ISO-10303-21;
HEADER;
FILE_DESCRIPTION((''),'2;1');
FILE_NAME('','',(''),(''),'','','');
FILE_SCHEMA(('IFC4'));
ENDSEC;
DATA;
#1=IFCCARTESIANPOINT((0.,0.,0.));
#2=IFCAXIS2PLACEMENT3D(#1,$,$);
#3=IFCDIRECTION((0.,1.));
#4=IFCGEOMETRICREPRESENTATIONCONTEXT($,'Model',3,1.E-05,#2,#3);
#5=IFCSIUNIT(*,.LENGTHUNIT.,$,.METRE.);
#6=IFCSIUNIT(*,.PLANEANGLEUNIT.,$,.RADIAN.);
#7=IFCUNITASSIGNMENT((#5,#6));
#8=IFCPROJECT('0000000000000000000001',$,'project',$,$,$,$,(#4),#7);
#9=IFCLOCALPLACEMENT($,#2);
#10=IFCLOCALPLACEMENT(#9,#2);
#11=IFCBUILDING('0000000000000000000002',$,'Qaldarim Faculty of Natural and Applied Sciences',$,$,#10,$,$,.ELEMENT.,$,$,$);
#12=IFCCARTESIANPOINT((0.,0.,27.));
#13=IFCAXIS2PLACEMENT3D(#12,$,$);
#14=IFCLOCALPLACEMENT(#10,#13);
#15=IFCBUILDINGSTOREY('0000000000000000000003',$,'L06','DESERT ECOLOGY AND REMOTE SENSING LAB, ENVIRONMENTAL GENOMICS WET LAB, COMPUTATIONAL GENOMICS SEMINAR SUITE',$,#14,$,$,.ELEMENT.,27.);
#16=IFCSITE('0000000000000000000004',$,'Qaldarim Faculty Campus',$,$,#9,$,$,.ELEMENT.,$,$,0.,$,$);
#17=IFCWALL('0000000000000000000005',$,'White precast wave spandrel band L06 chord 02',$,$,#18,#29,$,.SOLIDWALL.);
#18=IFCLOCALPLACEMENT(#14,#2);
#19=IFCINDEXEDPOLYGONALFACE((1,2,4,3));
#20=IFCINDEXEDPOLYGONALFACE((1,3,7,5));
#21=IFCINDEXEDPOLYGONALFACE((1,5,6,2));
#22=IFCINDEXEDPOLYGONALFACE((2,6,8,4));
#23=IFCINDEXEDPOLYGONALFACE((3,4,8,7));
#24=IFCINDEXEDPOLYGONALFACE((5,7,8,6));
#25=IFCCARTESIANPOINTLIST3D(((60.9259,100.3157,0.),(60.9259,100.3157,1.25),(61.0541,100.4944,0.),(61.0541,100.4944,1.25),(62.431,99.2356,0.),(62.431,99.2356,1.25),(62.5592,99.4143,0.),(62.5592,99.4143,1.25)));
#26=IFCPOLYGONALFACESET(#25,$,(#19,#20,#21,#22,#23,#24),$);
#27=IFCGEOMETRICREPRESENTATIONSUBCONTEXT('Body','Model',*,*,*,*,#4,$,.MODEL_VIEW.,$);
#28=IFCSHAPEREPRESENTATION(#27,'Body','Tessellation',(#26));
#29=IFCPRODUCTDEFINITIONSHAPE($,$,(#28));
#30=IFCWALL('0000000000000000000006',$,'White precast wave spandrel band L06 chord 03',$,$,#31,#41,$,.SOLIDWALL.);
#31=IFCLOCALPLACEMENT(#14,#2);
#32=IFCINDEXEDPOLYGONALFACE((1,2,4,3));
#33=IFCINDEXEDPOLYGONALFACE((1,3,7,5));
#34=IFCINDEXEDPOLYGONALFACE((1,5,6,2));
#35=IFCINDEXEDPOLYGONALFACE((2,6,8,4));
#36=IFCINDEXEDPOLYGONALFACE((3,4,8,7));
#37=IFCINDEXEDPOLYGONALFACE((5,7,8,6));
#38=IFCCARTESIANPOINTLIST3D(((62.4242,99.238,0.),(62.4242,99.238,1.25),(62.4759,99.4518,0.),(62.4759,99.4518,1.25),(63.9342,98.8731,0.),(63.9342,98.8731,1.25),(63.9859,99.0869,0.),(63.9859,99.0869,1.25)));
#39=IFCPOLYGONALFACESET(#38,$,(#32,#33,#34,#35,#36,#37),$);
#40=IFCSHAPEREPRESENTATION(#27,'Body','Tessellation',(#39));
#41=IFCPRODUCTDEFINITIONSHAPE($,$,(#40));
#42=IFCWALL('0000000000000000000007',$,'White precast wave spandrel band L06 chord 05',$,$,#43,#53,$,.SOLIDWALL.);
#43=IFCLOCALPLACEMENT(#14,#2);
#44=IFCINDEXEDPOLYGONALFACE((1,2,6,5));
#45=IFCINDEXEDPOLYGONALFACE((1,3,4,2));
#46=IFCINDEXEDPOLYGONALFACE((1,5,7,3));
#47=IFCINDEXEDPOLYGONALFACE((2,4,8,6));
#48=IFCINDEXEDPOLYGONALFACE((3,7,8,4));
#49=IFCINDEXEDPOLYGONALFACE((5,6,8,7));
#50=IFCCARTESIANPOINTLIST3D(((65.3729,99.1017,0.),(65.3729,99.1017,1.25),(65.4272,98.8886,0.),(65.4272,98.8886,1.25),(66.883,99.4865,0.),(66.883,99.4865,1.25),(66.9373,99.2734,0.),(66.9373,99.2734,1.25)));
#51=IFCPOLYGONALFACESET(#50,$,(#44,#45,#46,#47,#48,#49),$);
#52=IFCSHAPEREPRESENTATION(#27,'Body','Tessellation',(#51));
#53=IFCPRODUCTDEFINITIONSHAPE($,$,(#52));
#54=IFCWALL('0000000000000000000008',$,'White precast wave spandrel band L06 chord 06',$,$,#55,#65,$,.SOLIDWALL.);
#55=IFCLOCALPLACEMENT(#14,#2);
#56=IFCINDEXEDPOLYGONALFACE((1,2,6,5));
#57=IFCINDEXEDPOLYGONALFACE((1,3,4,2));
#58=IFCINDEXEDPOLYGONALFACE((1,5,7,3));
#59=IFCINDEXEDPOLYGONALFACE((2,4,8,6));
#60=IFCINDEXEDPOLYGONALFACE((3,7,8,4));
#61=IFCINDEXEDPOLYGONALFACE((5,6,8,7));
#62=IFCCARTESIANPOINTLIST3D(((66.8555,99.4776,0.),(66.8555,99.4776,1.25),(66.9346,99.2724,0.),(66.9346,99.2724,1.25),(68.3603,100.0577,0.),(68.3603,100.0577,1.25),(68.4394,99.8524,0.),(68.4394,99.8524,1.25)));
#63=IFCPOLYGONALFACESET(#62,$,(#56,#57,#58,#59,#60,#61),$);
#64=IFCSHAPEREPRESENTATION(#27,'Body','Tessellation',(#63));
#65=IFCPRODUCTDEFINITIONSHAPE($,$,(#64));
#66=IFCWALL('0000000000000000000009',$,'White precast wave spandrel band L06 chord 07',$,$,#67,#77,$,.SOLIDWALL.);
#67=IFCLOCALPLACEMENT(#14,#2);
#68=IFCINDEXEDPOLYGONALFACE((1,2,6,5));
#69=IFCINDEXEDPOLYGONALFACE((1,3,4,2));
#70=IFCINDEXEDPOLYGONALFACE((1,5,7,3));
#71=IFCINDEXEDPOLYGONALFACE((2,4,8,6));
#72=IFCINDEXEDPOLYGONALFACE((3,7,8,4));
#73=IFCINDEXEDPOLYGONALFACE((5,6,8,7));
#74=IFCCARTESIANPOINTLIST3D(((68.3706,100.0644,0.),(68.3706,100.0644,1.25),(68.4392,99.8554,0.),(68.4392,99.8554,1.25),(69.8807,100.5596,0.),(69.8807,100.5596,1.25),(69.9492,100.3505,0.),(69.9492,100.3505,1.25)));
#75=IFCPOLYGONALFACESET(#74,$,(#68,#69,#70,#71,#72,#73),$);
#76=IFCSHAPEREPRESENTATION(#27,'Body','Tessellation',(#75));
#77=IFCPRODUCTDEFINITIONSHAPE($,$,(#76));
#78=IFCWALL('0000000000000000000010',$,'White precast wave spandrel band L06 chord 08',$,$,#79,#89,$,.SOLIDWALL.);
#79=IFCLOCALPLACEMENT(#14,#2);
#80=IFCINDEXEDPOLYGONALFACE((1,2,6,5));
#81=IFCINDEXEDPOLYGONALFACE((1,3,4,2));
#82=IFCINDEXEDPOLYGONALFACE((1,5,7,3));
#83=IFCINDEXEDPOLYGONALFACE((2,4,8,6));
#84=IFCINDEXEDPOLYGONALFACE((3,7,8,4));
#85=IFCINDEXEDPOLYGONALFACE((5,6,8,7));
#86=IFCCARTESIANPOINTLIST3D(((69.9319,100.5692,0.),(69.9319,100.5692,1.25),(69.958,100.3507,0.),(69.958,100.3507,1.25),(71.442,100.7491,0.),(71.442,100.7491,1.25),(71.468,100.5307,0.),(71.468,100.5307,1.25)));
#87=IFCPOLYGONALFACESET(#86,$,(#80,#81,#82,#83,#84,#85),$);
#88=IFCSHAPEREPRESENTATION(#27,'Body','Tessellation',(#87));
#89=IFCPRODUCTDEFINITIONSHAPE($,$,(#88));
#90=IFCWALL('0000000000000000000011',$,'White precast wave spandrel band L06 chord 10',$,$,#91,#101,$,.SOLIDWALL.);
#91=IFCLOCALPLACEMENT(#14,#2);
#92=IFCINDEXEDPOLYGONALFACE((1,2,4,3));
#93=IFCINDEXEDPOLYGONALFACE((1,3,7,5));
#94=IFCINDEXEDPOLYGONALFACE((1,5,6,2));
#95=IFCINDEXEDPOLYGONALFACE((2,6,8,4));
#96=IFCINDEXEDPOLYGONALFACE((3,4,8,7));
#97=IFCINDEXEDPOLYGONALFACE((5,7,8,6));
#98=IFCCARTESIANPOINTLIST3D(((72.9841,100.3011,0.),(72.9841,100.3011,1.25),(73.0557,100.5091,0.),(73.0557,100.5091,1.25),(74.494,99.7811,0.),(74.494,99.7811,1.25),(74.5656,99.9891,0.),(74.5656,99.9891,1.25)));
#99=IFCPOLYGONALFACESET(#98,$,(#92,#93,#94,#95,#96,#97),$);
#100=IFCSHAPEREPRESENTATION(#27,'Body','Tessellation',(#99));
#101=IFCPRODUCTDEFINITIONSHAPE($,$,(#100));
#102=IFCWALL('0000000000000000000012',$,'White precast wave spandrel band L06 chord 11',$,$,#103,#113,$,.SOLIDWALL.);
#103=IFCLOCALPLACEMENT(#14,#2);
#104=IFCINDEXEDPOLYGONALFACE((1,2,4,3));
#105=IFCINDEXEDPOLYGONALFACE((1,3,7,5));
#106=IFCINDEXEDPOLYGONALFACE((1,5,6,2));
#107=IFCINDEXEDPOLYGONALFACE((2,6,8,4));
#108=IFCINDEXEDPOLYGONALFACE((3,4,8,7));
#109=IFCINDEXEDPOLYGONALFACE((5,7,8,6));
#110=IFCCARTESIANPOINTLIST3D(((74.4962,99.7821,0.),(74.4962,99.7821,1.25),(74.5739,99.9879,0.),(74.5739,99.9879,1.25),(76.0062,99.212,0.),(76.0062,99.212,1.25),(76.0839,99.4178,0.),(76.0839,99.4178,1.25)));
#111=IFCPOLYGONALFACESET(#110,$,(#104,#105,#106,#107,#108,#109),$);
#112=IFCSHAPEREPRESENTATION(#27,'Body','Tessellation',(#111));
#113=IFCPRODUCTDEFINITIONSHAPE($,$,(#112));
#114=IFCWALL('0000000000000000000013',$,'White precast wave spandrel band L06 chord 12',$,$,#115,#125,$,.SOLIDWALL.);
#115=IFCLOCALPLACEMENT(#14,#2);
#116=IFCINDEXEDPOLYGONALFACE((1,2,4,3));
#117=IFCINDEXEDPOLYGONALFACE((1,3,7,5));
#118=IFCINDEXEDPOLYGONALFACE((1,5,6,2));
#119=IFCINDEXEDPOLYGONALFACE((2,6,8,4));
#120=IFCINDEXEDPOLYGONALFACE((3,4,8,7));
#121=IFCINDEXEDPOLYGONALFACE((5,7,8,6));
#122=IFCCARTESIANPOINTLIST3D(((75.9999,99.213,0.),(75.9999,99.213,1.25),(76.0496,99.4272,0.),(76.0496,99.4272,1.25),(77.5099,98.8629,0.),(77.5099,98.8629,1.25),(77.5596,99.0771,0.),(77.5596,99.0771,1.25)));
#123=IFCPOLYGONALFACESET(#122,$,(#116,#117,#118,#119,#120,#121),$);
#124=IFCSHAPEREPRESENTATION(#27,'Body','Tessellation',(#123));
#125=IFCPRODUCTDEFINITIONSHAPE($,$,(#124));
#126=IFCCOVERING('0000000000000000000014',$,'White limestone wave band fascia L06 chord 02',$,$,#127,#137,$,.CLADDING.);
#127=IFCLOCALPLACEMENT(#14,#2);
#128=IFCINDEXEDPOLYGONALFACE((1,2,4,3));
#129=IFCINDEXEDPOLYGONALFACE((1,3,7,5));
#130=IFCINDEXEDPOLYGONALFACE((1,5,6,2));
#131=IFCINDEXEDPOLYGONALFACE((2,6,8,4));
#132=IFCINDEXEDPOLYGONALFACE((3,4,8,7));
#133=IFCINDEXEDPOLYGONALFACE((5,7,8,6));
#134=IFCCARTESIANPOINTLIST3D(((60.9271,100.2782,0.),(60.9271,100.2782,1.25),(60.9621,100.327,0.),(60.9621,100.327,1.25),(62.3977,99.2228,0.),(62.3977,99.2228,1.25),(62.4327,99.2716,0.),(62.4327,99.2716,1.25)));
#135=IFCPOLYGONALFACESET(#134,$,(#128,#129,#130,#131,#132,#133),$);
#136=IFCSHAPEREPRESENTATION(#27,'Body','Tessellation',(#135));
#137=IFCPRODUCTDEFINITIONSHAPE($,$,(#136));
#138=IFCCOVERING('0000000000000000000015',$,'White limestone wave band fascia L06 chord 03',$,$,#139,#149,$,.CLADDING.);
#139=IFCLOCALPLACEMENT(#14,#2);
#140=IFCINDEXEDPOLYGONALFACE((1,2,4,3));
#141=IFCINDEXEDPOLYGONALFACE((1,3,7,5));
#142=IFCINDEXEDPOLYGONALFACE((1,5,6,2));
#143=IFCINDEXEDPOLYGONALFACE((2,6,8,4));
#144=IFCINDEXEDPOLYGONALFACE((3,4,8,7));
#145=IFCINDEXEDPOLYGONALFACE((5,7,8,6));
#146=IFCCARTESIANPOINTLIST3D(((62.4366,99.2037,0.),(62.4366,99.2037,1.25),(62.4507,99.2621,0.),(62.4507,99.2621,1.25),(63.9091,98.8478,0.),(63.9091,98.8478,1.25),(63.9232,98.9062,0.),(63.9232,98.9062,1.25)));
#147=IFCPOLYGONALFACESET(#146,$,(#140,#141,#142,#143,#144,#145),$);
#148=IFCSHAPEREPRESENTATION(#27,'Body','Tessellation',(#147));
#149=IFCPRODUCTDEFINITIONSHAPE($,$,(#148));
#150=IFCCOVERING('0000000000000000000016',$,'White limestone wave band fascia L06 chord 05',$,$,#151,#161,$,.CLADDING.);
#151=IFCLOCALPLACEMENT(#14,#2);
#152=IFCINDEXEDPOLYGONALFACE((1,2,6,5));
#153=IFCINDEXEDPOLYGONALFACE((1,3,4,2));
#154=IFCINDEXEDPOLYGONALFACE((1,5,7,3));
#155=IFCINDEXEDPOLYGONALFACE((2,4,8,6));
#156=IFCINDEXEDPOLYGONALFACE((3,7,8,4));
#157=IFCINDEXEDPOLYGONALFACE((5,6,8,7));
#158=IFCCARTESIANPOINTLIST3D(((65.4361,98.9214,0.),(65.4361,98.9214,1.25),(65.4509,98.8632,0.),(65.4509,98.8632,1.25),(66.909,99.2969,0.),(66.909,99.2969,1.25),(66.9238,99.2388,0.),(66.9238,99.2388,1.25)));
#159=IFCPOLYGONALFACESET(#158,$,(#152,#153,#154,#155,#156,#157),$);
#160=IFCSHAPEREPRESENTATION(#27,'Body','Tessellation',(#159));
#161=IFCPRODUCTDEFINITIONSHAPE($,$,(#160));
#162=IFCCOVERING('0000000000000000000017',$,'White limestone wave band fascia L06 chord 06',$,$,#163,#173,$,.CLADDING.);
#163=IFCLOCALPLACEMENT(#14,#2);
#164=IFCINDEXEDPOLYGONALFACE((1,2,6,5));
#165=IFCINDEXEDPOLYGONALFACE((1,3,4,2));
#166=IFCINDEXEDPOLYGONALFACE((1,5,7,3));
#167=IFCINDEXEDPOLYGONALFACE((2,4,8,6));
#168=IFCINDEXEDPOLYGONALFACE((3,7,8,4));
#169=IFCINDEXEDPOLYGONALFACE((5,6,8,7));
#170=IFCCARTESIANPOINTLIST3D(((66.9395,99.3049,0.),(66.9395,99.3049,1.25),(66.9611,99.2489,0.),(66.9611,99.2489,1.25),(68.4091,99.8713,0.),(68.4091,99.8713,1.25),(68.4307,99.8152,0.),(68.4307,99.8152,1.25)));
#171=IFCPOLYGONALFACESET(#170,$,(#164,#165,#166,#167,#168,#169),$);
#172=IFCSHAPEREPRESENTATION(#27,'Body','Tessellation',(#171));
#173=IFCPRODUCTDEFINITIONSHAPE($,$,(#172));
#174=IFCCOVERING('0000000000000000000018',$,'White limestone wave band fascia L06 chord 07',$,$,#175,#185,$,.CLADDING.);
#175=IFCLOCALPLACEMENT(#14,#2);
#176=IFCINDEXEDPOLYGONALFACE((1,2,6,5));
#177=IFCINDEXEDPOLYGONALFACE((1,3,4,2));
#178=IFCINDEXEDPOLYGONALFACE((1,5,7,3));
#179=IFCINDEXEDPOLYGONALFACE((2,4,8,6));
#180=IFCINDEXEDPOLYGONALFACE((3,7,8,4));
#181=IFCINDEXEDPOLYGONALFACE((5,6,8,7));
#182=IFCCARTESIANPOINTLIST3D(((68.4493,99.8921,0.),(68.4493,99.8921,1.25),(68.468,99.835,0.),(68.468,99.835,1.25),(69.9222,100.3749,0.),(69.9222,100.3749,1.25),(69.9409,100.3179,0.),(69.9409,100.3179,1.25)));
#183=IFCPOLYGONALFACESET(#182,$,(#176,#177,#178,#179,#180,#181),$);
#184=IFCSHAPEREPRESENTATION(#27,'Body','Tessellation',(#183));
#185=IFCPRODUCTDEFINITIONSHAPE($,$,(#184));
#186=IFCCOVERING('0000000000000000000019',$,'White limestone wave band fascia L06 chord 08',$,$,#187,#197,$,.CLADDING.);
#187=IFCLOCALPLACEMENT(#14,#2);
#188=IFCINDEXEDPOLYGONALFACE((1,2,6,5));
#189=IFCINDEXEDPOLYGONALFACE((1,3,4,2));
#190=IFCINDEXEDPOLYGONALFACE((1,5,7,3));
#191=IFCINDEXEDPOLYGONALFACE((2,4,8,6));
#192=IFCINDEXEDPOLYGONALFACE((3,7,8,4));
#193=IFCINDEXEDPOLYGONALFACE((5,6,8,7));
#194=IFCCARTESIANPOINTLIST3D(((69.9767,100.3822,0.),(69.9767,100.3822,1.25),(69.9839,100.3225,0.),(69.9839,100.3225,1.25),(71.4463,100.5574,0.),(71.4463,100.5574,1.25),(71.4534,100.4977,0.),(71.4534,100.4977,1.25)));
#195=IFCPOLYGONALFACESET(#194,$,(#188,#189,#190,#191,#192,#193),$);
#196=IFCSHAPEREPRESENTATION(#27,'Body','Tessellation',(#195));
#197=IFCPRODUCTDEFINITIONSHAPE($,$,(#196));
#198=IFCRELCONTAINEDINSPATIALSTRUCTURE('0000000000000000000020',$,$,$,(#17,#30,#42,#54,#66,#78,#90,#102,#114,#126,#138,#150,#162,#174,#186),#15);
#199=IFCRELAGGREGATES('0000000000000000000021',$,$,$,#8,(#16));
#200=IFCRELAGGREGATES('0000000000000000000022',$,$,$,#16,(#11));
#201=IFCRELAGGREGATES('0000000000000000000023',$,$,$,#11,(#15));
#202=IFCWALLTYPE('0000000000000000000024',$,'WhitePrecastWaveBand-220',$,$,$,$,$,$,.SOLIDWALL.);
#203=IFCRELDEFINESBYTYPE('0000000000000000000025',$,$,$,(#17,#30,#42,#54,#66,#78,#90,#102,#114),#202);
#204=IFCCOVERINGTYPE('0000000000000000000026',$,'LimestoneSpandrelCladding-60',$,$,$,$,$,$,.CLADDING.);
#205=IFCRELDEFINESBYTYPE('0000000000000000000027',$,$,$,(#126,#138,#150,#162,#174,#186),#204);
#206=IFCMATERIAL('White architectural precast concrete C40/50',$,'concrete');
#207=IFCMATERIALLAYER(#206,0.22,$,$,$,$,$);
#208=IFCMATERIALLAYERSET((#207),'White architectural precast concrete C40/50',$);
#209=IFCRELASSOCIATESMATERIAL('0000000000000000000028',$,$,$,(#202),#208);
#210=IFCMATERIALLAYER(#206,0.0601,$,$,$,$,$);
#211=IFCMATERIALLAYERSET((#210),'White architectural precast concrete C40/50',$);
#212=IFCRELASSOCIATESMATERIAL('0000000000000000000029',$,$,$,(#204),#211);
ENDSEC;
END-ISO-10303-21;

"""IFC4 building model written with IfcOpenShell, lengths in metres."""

from ifc_helpers import new_model, si_unit, direction, frame, frame_2d, origin, origin_2d, place, context, subcontext, project, spatial, rectangle, extrude, material, layer, layer_set, type_object, element, save


model = new_model("IFC4")

# Units and contexts
model_context = context("Model", 3, precision=1e-05, world=origin(), true_north=direction((0.0, 1.0)))
body_context = subcontext(model_context, "Body", "Model", "MODEL_VIEW")
ifc_project = project(units=[si_unit("LENGTHUNIT", "METRE"), si_unit("PLANEANGLEUNIT", "RADIAN")], contexts=[model_context])

# Site, building, storey
site_placement = place(None, origin())
site = spatial("IfcSite", under=ifc_project, at=site_placement, Name="Qaldarim Faculty Campus", CompositionType="ELEMENT", RefElevation=0.0)
building_placement = place(site_placement, origin())
building = spatial("IfcBuilding", under=site, at=building_placement, Name="Qaldarim Faculty of Natural and Applied Sciences", CompositionType="ELEMENT")
storey_placement = place(building_placement, frame((0.0, 0.0, 27.0)))
storey = spatial("IfcBuildingStorey", under=building, at=storey_placement, Name="L06", Description="DESERT ECOLOGY AND REMOTE SENSING LAB, ENVIRONMENTAL GENOMICS WET LAB, COMPUTATIONAL GENOMICS SEMINAR SUITE", CompositionType="ELEMENT", Elevation=27.0)

# Walls
ifc_material = material(Name="White architectural precast concrete C40/50", Category="concrete")
ifc_layer_1 = layer(ifc_material, 0.22)
ifc_layer_set_1 = layer_set([ifc_layer_1], Name="White architectural precast concrete C40/50")
wall_type = type_object("IfcWallType", Name="WhitePrecastWaveBand-220", PredefinedType="SOLIDWALL", material=ifc_layer_set_1)
wall_1_placement = place(storey_placement, frame((60.99, 100.405, 0.0), z_axis=(0.0, 0.0, 1.0), x_axis=(0.812458, -0.583019, 0.0)))
element("IfcWall", 1, at=wall_1_placement, inside=storey, type_object=wall_type, Name="White precast wave spandrel band L06 chord 02", PredefinedType="SOLIDWALL", context=body_context, shape_type="SweptSolid", body=[
    extrude(rectangle(XDim=1.8525, YDim=0.22, at=frame_2d((0.9263, 0.0))), origin(), (0.0, 0.0, 1.0), 1.25),
])
wall_2_placement = place(storey_placement, frame((62.45, 99.345, 0.0), z_axis=(0.0, 0.0, 1.0), x_axis=(0.972008, -0.234948, 0.0)))
element("IfcWall", 2, at=wall_2_placement, inside=storey, type_object=wall_type, Name="White precast wave spandrel band L06 chord 03", PredefinedType="SOLIDWALL", context=body_context, shape_type="SweptSolid", body=[
    extrude(rectangle(XDim=1.5535, YDim=0.22, at=frame_2d((0.7769, 0.0))), origin(), (0.0, 0.0, 1.0), 1.25),
])
wall_3_placement = place(storey_placement, frame((65.3999, 98.9951, 0.0), z_axis=(0.0, 0.0, 1.0), x_axis=(0.969036, 0.24692, 0.0)))
element("IfcWall", 3, at=wall_3_placement, inside=storey, type_object=wall_type, Name="White precast wave spandrel band L06 chord 05", PredefinedType="SOLIDWALL", context=body_context, shape_type="SweptSolid", body=[
    extrude(rectangle(XDim=1.5583, YDim=0.22, at=frame_2d((0.7793, 0.0))), origin(), (0.0, 0.0, 1.0), 1.25),
])
wall_4_placement = place(storey_placement, frame((66.895, 99.375, 0.0), z_axis=(0.0, 0.0, 1.0), x_axis=(0.93308, 0.359669, 0.0)))
element("IfcWall", 4, at=wall_4_placement, inside=storey, type_object=wall_type, Name="White precast wave spandrel band L06 chord 06", PredefinedType="SOLIDWALL", context=body_context, shape_type="SweptSolid", body=[
    extrude(rectangle(XDim=1.6128, YDim=0.22, at=frame_2d((0.8064, 0.0))), origin(), (0.0, 0.0, 1.0), 1.25),
])
wall_5_placement = place(storey_placement, frame((68.405, 99.96, 0.0), z_axis=(0.0, 0.0, 1.0), x_axis=(0.950224, 0.311569, 0.0)))
element("IfcWall", 5, at=wall_5_placement, inside=storey, type_object=wall_type, Name="White precast wave spandrel band L06 chord 07", PredefinedType="SOLIDWALL", context=body_context, shape_type="SweptSolid", body=[
    extrude(rectangle(XDim=1.5891, YDim=0.22, at=frame_2d((0.7944, 0.0))), origin(), (0.0, 0.0, 1.0), 1.25),
])
wall_6_placement = place(storey_placement, frame((69.9451, 100.46, 0.0), z_axis=(0.0, 0.0, 1.0), x_axis=(0.992975, 0.118322, 0.0)))
element("IfcWall", 6, at=wall_6_placement, inside=storey, type_object=wall_type, Name="White precast wave spandrel band L06 chord 08", PredefinedType="SOLIDWALL", context=body_context, shape_type="SweptSolid", body=[
    extrude(rectangle(XDim=1.5208, YDim=0.22, at=frame_2d((0.7603, 0.0))), origin(), (0.0, 0.0, 1.0), 1.25),
])
wall_7_placement = place(storey_placement, frame((73.02, 100.405, 0.0), z_axis=(0.0, 0.0, 1.0), x_axis=(0.945503, -0.325614, 0.0)))
element("IfcWall", 7, at=wall_7_placement, inside=storey, type_object=wall_type, Name="White precast wave spandrel band L06 chord 10", PredefinedType="SOLIDWALL", context=body_context, shape_type="SweptSolid", body=[
    extrude(rectangle(XDim=1.5969, YDim=0.22, at=frame_2d((0.7983, 0.0))), origin(), (0.0, 0.0, 1.0), 1.25),
])
wall_8_placement = place(storey_placement, frame((74.5349, 99.885, 0.0), z_axis=(0.0, 0.0, 1.0), x_axis=(0.93555, -0.353195, 0.0)))
element("IfcWall", 8, at=wall_8_placement, inside=storey, type_object=wall_type, Name="White precast wave spandrel band L06 chord 11", PredefinedType="SOLIDWALL", context=body_context, shape_type="SweptSolid", body=[
    extrude(rectangle(XDim=1.614, YDim=0.22, at=frame_2d((0.8071, 0.0))), origin(), (0.0, 0.0, 1.0), 1.25),
])
wall_9_placement = place(storey_placement, frame((76.0249, 99.3201, 0.0), z_axis=(0.0, 0.0, 1.0), x_axis=(0.97416, -0.22586, 0.0)))
element("IfcWall", 9, at=wall_9_placement, inside=storey, type_object=wall_type, Name="White precast wave spandrel band L06 chord 12", PredefinedType="SOLIDWALL", context=body_context, shape_type="SweptSolid", body=[
    extrude(rectangle(XDim=1.55, YDim=0.22, at=frame_2d((0.7749, 0.0))), origin(), (0.0, 0.0, 1.0), 1.25),
])

# Coverings
ifc_layer_2 = layer(ifc_material, 0.0601)
ifc_layer_set_2 = layer_set([ifc_layer_2], Name="White architectural precast concrete C40/50")
covering_type = type_object("IfcCoveringType", Name="LimestoneSpandrelCladding-60", PredefinedType="CLADDING", material=ifc_layer_set_2)
covering_1_placement = place(storey_placement, frame((61.6799, 99.7749, 0.0), z_axis=(0.0, 0.0, 1.0), x_axis=(0.81245, -0.583031, 0.0)))
element("IfcCovering", 10, at=covering_1_placement, inside=storey, type_object=covering_type, Name="White limestone wave band fascia L06 chord 02", PredefinedType="CLADDING", context=body_context, shape_type="SweptSolid", body=[
    extrude(rectangle(XDim=1.8101, YDim=0.0601, at=origin_2d()), origin(), (0.0, 0.0, 1.0), 1.25),
])
covering_2_placement = place(storey_placement, frame((63.1799, 99.0549, 0.0), z_axis=(0.0, 0.0, 1.0), x_axis=(0.972006, -0.234956, 0.0)))
element("IfcCovering", 11, at=covering_2_placement, inside=storey, type_object=covering_type, Name="White limestone wave band fascia L06 chord 03", PredefinedType="CLADDING", context=body_context, shape_type="SweptSolid", body=[
    extrude(rectangle(XDim=1.5149, YDim=0.0601, at=origin_2d()), origin(), (0.0, 0.0, 1.0), 1.25),
])
covering_3_placement = place(storey_placement, frame((66.1799, 99.0801, 0.0), z_axis=(0.0, 0.0, 1.0), x_axis=(0.968998, 0.247067, 0.0)))
element("IfcCovering", 12, at=covering_3_placement, inside=storey, type_object=covering_type, Name="White limestone wave band fascia L06 chord 05", PredefinedType="CLADDING", context=body_context, shape_type="SweptSolid", body=[
    extrude(rectangle(XDim=1.52, YDim=0.0601, at=origin_2d()), origin(), (0.0, 0.0, 1.0), 1.25),
])
covering_4_placement = place(storey_placement, frame((67.6851, 99.5601, 0.0), z_axis=(0.0, 0.0, 1.0), x_axis=(0.933104, 0.359606, 0.0)))
element("IfcCovering", 13, at=covering_4_placement, inside=storey, type_object=covering_type, Name="White limestone wave band fascia L06 chord 06", PredefinedType="CLADDING", context=body_context, shape_type="SweptSolid", body=[
    extrude(rectangle(XDim=1.575, YDim=0.0601, at=origin_2d()), origin(), (0.0, 0.0, 1.0), 1.25),
])
covering_5_placement = place(storey_placement, frame((69.1951, 100.105, 0.0), z_axis=(0.0, 0.0, 1.0), x_axis=(0.950244, 0.311506, 0.0)))
element("IfcCovering", 14, at=covering_5_placement, inside=storey, type_object=covering_type, Name="White limestone wave band fascia L06 chord 07", PredefinedType="CLADDING", context=body_context, shape_type="SweptSolid", body=[
    extrude(rectangle(XDim=1.55, YDim=0.0601, at=origin_2d()), origin(), (0.0, 0.0, 1.0), 1.25),
])
for number, where, z_axis, x_axis, name in (
    (15, (70.7151, 100.4399, 0.0), (0.0, 0.0, 1.0), (0.99297, 0.118369, 0.0), "White limestone wave band fascia L06 chord 08"),
):
    element("IfcCovering", number, at=place(storey_placement, frame(where, z_axis=z_axis, x_axis=x_axis)), inside=storey, type_object=covering_type, Name=name, PredefinedType="CLADDING", context=body_context, shape_type="SweptSolid", body=[
        extrude(rectangle(XDim=1.48, YDim=0.0601, at=origin_2d()), origin(), (0.0, 0.0, 1.0), 1.25),
    ])

save(model, "model.ifc")
